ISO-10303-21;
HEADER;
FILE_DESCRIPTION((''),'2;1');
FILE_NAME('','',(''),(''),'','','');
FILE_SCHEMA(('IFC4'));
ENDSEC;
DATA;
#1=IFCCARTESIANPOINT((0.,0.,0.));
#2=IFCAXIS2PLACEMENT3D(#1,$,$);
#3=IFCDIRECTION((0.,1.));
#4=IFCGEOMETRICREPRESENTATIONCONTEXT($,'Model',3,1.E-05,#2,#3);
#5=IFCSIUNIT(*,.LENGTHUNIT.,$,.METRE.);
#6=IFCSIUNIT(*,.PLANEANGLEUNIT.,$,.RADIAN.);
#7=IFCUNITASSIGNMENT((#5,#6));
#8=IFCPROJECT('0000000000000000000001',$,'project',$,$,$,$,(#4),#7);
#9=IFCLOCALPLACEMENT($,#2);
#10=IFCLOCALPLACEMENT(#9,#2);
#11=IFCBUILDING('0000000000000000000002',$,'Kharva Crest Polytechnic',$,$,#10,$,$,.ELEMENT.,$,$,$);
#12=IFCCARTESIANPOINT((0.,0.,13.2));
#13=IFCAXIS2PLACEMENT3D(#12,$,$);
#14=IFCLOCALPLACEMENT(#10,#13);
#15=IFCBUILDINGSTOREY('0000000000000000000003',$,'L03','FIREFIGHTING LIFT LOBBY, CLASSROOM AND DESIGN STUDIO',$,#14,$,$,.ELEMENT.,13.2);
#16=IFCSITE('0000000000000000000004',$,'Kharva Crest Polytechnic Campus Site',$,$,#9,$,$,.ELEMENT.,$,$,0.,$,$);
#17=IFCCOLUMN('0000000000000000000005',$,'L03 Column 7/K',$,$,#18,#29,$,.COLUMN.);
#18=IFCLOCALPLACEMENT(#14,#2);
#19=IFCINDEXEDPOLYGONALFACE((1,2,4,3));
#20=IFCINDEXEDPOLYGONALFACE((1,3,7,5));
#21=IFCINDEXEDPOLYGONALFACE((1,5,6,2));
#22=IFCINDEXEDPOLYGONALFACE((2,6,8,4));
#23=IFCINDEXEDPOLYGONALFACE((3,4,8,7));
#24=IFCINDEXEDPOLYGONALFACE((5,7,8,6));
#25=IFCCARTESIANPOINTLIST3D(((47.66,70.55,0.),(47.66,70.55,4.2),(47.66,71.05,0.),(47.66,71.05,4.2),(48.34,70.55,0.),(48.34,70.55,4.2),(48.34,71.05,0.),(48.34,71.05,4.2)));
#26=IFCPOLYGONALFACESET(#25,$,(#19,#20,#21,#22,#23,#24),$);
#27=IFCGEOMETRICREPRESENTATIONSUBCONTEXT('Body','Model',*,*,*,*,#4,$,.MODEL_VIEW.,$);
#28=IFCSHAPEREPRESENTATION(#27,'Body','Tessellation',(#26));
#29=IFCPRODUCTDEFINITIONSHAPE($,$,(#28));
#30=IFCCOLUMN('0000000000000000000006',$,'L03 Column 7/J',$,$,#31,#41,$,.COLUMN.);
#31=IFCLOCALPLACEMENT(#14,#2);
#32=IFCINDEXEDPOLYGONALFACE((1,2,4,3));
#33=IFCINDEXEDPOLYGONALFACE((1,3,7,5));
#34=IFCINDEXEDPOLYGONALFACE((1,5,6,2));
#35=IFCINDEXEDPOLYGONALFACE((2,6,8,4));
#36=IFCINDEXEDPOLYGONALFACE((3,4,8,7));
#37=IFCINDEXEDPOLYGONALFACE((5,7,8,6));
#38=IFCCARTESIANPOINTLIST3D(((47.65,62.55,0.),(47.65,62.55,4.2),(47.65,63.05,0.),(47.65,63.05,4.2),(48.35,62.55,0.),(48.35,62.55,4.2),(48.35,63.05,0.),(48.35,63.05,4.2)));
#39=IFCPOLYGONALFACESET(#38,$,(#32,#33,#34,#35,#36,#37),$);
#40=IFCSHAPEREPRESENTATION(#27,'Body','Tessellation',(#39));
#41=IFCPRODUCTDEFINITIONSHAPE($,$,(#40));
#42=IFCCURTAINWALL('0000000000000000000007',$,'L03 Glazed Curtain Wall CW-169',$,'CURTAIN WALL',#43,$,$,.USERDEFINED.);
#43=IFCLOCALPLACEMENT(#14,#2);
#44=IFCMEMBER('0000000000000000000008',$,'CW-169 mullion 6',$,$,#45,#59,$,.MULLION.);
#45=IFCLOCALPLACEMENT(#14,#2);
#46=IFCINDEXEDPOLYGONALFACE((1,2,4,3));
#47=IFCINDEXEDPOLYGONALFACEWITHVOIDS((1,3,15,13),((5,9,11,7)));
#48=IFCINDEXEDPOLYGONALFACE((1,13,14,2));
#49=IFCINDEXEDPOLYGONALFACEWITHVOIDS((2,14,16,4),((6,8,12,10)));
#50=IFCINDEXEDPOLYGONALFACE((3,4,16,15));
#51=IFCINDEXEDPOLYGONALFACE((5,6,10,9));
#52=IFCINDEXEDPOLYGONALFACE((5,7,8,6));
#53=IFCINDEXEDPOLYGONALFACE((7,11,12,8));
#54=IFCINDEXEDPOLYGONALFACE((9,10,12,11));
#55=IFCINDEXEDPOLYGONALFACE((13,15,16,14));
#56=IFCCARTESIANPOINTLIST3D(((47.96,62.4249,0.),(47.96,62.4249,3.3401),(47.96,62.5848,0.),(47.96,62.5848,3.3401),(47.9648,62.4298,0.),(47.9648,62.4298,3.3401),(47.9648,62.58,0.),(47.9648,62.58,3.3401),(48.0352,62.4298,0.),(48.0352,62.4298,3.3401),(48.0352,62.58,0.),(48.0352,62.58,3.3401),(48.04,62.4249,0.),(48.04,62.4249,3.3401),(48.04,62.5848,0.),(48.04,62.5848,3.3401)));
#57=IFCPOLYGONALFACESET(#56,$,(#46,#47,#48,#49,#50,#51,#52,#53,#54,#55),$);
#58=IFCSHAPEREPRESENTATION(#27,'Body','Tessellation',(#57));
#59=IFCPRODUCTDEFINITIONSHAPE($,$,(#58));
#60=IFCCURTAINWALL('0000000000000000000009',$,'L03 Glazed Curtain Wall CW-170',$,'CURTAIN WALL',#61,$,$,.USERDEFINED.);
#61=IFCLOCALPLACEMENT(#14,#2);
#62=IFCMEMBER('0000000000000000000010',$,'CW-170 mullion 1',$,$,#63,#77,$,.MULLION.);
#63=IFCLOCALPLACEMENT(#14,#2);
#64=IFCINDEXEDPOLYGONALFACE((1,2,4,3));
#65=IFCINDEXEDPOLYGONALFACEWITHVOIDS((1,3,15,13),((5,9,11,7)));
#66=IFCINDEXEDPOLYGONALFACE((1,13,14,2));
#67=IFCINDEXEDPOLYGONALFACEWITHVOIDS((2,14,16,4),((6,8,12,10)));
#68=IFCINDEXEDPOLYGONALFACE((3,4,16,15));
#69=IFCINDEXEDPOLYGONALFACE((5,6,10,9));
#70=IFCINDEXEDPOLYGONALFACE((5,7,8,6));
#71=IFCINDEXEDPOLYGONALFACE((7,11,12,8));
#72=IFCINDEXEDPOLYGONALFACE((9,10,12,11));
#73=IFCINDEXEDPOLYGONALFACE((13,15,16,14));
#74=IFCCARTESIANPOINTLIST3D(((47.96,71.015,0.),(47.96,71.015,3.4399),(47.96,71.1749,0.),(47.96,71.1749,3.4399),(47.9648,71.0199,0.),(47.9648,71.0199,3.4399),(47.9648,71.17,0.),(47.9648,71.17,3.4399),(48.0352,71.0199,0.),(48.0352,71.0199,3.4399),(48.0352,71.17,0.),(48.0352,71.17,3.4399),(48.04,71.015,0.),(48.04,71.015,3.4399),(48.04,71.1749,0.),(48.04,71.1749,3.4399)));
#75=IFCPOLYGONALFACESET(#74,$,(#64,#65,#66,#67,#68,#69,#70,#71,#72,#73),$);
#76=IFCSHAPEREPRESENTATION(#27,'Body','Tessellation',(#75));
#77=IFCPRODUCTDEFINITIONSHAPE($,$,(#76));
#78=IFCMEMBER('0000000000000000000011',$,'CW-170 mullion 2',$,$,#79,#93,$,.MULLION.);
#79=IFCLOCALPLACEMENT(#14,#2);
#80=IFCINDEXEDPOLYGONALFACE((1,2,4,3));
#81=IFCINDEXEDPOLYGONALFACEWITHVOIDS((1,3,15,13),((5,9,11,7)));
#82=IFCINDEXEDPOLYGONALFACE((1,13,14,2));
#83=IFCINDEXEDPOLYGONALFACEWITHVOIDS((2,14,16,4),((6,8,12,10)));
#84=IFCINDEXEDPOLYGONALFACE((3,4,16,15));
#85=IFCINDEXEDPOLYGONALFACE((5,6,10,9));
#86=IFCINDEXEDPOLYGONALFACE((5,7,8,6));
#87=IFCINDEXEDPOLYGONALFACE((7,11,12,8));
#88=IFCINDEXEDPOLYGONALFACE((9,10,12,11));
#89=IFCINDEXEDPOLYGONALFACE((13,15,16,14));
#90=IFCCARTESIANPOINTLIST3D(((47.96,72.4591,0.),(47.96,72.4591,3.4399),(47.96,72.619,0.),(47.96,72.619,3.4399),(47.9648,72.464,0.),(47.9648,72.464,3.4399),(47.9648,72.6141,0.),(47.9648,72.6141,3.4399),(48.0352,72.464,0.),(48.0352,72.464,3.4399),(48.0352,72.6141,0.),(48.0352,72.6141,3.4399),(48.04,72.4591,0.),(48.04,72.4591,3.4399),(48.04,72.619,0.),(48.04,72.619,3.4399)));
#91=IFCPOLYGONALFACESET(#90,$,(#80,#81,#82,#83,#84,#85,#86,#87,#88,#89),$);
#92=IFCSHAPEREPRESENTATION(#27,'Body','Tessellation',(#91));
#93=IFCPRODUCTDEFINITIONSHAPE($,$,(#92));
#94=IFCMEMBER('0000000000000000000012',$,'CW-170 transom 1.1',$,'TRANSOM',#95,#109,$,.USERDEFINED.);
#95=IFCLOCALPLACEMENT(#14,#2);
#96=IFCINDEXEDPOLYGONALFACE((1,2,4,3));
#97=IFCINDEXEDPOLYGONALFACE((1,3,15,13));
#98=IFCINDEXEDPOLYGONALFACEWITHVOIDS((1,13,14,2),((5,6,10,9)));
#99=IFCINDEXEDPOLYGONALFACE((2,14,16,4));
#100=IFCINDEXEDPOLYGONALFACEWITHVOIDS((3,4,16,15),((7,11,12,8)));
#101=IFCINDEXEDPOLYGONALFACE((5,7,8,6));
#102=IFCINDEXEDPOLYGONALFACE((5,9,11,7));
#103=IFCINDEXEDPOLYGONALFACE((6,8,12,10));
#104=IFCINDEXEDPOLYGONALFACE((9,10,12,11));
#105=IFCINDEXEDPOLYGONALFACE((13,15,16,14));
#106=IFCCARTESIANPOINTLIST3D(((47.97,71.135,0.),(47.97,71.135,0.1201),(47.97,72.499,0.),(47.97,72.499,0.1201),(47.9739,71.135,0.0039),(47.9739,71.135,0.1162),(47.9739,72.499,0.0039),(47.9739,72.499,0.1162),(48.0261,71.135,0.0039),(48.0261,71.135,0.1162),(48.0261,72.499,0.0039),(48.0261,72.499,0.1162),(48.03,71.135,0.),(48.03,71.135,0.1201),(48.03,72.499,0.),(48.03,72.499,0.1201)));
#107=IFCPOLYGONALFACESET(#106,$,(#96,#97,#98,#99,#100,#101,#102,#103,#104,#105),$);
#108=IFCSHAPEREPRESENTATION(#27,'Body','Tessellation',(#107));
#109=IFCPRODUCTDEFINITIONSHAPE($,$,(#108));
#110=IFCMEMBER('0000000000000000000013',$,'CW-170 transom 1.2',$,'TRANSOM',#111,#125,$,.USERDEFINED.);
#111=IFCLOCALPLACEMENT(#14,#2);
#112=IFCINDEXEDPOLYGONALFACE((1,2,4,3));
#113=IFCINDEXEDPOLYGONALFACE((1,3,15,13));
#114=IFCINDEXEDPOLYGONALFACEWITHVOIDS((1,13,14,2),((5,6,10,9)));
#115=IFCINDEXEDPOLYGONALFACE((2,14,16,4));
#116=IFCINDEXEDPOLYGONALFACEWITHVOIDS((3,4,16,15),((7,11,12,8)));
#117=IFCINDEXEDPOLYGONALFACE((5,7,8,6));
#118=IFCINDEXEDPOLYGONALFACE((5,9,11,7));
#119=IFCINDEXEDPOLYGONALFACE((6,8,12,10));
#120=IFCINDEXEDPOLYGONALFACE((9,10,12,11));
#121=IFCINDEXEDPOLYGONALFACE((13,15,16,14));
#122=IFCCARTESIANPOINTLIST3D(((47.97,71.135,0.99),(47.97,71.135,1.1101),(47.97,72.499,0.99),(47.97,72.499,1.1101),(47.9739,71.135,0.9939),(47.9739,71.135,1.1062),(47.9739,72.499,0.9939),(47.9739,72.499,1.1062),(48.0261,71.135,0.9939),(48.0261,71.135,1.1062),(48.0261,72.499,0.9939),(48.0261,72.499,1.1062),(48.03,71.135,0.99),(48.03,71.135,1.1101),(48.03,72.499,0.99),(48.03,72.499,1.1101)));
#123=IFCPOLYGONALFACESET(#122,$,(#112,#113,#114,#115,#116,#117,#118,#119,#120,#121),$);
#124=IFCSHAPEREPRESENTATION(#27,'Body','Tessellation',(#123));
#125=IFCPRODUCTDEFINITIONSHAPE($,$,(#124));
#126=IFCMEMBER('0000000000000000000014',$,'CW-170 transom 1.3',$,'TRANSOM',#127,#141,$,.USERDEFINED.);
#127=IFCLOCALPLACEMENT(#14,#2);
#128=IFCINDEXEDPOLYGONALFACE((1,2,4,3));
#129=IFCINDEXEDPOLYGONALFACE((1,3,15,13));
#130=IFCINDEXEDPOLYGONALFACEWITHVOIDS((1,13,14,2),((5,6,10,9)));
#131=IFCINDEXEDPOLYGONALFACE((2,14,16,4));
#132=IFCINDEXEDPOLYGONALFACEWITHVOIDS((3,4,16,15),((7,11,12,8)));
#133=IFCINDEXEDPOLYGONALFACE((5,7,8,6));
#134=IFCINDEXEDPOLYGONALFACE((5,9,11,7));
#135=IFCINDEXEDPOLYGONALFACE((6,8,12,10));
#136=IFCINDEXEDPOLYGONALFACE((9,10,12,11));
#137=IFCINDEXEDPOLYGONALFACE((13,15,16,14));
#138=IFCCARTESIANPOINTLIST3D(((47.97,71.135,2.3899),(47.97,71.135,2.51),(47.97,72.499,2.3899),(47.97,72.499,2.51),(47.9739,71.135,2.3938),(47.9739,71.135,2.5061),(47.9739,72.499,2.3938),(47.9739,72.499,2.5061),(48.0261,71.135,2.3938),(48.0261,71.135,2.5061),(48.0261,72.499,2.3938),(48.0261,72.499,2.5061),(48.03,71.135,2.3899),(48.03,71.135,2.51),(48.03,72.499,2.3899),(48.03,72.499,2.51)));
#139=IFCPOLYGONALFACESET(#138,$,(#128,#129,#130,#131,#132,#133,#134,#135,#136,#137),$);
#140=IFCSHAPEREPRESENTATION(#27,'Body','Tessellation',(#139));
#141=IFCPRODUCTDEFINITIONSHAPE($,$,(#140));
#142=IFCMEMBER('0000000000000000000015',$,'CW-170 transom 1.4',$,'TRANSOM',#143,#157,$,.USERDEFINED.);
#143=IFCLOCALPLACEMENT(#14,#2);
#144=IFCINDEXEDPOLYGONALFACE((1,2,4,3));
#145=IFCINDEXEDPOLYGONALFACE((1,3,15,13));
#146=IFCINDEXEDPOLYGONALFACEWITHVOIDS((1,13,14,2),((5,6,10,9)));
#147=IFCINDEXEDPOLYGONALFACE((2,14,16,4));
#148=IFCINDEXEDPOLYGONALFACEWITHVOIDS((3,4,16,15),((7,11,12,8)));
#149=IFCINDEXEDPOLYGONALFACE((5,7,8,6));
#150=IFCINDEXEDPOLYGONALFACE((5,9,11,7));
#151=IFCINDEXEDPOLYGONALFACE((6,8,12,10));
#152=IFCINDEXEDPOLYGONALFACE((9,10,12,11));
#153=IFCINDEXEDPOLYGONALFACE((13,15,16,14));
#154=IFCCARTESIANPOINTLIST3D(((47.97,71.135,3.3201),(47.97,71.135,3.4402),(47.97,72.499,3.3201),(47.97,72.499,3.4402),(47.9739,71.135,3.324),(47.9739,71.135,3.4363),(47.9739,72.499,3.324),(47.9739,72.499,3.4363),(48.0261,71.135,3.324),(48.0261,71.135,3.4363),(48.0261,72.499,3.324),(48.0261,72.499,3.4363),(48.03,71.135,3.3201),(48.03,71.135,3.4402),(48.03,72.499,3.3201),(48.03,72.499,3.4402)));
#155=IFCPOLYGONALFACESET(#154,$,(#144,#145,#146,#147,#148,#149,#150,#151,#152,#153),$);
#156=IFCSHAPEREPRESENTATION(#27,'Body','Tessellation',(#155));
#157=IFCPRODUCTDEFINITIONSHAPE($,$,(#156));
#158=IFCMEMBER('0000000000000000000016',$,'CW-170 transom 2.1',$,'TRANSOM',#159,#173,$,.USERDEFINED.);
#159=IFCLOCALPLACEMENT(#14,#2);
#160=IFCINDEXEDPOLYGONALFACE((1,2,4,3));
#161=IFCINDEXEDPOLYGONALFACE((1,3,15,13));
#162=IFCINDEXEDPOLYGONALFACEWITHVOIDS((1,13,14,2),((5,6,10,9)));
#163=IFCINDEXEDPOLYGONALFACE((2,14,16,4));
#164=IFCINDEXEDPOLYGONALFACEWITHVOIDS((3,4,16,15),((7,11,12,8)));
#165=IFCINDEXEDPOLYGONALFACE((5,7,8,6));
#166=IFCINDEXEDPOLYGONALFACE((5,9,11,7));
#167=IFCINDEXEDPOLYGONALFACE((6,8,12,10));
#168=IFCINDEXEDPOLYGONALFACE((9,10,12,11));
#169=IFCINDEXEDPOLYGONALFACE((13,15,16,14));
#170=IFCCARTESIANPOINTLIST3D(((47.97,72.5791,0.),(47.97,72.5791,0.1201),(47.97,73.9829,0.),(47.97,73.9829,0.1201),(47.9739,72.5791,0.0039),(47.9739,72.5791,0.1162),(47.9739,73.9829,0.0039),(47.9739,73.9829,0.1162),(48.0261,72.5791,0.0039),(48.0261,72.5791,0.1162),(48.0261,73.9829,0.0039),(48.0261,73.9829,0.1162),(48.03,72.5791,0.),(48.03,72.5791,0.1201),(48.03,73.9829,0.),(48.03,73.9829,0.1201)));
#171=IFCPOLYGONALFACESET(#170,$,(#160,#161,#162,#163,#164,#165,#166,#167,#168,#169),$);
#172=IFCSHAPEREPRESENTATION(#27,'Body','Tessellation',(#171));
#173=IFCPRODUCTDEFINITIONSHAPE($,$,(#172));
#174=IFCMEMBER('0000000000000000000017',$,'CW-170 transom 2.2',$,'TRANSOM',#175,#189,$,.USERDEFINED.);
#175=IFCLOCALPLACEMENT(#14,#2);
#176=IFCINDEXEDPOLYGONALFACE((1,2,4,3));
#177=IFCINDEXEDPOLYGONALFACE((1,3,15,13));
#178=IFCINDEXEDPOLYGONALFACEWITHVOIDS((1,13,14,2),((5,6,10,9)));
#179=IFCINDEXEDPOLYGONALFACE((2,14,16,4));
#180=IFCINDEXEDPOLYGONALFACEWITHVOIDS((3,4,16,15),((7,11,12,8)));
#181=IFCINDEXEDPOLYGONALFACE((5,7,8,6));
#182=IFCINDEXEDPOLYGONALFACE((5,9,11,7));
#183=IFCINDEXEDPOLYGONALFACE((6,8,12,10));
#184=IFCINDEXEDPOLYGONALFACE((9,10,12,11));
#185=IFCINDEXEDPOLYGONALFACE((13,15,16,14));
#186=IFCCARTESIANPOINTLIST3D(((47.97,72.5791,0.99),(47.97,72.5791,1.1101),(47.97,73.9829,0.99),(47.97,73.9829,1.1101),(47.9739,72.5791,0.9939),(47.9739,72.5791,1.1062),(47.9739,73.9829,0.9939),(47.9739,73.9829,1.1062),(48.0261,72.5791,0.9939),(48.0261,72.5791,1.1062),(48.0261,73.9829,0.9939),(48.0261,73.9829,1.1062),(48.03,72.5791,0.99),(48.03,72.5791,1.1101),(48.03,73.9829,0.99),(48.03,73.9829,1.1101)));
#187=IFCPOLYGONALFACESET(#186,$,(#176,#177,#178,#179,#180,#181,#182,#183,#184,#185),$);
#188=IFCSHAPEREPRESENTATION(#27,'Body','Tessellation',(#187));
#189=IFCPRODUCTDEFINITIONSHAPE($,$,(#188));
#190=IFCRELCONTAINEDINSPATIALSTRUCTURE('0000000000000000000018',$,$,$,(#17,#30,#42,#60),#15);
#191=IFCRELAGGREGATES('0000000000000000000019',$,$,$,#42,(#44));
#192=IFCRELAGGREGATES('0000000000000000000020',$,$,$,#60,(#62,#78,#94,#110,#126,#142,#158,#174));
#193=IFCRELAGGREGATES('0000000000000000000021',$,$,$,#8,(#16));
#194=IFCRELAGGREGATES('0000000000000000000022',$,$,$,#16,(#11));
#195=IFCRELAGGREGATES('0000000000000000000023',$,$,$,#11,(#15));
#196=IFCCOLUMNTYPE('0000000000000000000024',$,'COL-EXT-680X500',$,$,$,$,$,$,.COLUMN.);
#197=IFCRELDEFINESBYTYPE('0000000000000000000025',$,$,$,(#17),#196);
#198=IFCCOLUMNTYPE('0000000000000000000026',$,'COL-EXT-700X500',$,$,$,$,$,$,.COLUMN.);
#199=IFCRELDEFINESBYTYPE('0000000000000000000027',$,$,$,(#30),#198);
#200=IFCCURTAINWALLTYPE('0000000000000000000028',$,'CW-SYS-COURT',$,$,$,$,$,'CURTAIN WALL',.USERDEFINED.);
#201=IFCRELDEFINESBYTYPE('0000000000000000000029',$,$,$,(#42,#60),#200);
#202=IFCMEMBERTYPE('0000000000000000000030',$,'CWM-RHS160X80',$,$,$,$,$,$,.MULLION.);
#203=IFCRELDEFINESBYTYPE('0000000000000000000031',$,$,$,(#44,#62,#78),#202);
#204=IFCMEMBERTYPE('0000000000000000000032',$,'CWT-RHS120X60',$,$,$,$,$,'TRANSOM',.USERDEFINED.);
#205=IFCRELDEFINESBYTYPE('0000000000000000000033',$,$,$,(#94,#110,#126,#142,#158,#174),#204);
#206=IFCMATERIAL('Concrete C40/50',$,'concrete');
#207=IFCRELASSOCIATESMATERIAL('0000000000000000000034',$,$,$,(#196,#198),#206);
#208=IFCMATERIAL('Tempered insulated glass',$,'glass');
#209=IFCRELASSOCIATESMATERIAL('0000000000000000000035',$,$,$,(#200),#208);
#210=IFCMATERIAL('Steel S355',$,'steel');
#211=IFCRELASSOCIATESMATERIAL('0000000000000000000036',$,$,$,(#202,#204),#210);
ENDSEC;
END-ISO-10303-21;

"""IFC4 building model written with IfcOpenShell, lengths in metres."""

from ifc_helpers import new_model, si_unit, direction, frame, origin, origin_2d, place, context, subcontext, project, spatial, rectangle, hollow_rectangle, extrude, material, material_profile, profile_set, type_object, element, aggregate, save


model = new_model("IFC4")

# Units and contexts
model_context = context("Model", 3, precision=1e-05, world=origin(), true_north=direction((0.0, 1.0)))
body_context = subcontext(model_context, "Body", "Model", "MODEL_VIEW")
ifc_project = project(units=[si_unit("LENGTHUNIT", "METRE"), si_unit("PLANEANGLEUNIT", "RADIAN")], contexts=[model_context])

# Site, building, storey
site_placement = place(None, origin())
site = spatial("IfcSite", under=ifc_project, at=site_placement, Name="Kharva Crest Polytechnic Campus Site", CompositionType="ELEMENT", RefElevation=0.0)
building_placement = place(site_placement, origin())
building = spatial("IfcBuilding", under=site, at=building_placement, Name="Kharva Crest Polytechnic", CompositionType="ELEMENT")
storey_placement = place(building_placement, frame((0.0, 0.0, 13.2)))
storey = spatial("IfcBuildingStorey", under=building, at=storey_placement, Name="L03", Description="FIREFIGHTING LIFT LOBBY, CLASSROOM AND DESIGN STUDIO", CompositionType="ELEMENT", Elevation=13.2)

# Columns
ifc_material_1 = material(Name="Concrete C40/50", Category="concrete")
ifc_material_profile_1 = material_profile(ifc_material_1, rectangle(XDim=0.6799, YDim=0.5, at=origin_2d()), Name="RECT 680 X 500")
ifc_profile_set_1 = profile_set([ifc_material_profile_1], Name="Concrete C40/50")
column_type_1 = type_object("IfcColumnType", Name="COL-EXT-680X500", PredefinedType="COLUMN", material=ifc_profile_set_1)
column_1_placement = place(storey_placement, frame((48.0, 70.8, 0.0), z_axis=(0.0, 0.0, 1.0), x_axis=(1.0, 0.0, 0.0)))
element("IfcColumn", 1, at=column_1_placement, inside=storey, type_object=column_type_1, Name="L03 Column 7/K", PredefinedType="COLUMN", context=body_context, shape_type="SweptSolid", body=[
    extrude(rectangle(XDim=0.6799, YDim=0.5, at=origin_2d()), origin(), (0.0, 0.0, 1.0), 4.2),
])
ifc_material_profile_2 = material_profile(ifc_material_1, rectangle(XDim=0.7, YDim=0.5, at=origin_2d()), Name="RECT 700 X 500")
ifc_profile_set_2 = profile_set([ifc_material_profile_2], Name="Concrete C40/50")
column_type_2 = type_object("IfcColumnType", Name="COL-EXT-700X500", PredefinedType="COLUMN", material=ifc_profile_set_2)
column_2_placement = place(storey_placement, frame((48.0, 62.8, 0.0), z_axis=(0.0, 0.0, 1.0), x_axis=(1.0, 0.0, 0.0)))
element("IfcColumn", 2, at=column_2_placement, inside=storey, type_object=column_type_2, Name="L03 Column 7/J", PredefinedType="COLUMN", context=body_context, shape_type="SweptSolid", body=[
    extrude(rectangle(XDim=0.7, YDim=0.5, at=origin_2d()), origin(), (0.0, 0.0, 1.0), 4.2),
])

# Curtain wall, member
ifc_material_2 = material(Name="Tempered insulated glass", Category="glass")
curtain_wall_type = type_object("IfcCurtainWallType", Name="CW-SYS-COURT", ElementType="CURTAIN WALL", PredefinedType="USERDEFINED", material=ifc_material_2)
curtain_wall_1_placement = place(storey_placement, origin())
curtain_wall_1 = element("IfcCurtainWall", 3, at=curtain_wall_1_placement, inside=storey, type_object=curtain_wall_type, Name="L03 Glazed Curtain Wall CW-169", ObjectType="CURTAIN WALL", PredefinedType="USERDEFINED")
ifc_material_3 = material(Name="Steel S355", Category="steel")
ifc_material_profile_3 = material_profile(ifc_material_3, hollow_rectangle(XDim=0.0801, YDim=0.1599, WallThickness=0.0049, at=origin_2d()), Name="RHS 160X80X5.0")
ifc_profile_set_3 = profile_set([ifc_material_profile_3], Name="Steel S355")
member_type_1 = type_object("IfcMemberType", Name="CWM-RHS160X80", PredefinedType="MULLION", material=ifc_profile_set_3)
member_1_placement = place(storey_placement, frame((48.0, 62.5049, 0.0), z_axis=(0.0, 0.0, 1.0), x_axis=(-1.0, 0.0, 0.0)))
member_1 = element("IfcMember", 4, at=member_1_placement, type_object=member_type_1, Name="CW-169 mullion 6", PredefinedType="MULLION", context=body_context, shape_type="SweptSolid", body=[
    extrude(hollow_rectangle(XDim=0.0801, YDim=0.1599, WallThickness=0.0049, at=origin_2d()), origin(), (0.0, 0.0, 1.0), 3.3401),
])

# Curtain wall, members
curtain_wall_2_placement = place(storey_placement, origin())
curtain_wall_2 = element("IfcCurtainWall", 5, at=curtain_wall_2_placement, inside=storey, type_object=curtain_wall_type, Name="L03 Glazed Curtain Wall CW-170", ObjectType="CURTAIN WALL", PredefinedType="USERDEFINED")
member_2_placement = place(storey_placement, frame((48.0, 71.095, 0.0), z_axis=(0.0, 0.0, 1.0), x_axis=(-1.0, 0.0, 0.0)))
member_2 = element("IfcMember", 6, at=member_2_placement, type_object=member_type_1, Name="CW-170 mullion 1", PredefinedType="MULLION", context=body_context, shape_type="SweptSolid", body=[
    extrude(hollow_rectangle(XDim=0.0801, YDim=0.1599, WallThickness=0.0049, at=origin_2d()), origin(), (0.0, 0.0, 1.0), 3.4399),
])
member_3_placement = place(storey_placement, frame((48.0, 72.5391, 0.0), z_axis=(0.0, 0.0, 1.0), x_axis=(-1.0, 0.0, 0.0)))
member_3 = element("IfcMember", 7, at=member_3_placement, type_object=member_type_1, Name="CW-170 mullion 2", PredefinedType="MULLION", context=body_context, shape_type="SweptSolid", body=[
    extrude(hollow_rectangle(XDim=0.0801, YDim=0.1599, WallThickness=0.0049, at=origin_2d()), origin(), (0.0, 0.0, 1.0), 3.4399),
])
ifc_material_profile_4 = material_profile(ifc_material_3, hollow_rectangle(XDim=0.0601, YDim=0.1201, WallThickness=0.0039, at=origin_2d()), Name="RHS 120X60X4.0")
ifc_profile_set_4 = profile_set([ifc_material_profile_4], Name="Steel S355")
member_type_2 = type_object("IfcMemberType", Name="CWT-RHS120X60", ElementType="TRANSOM", PredefinedType="USERDEFINED", material=ifc_profile_set_4)
member_4_placement = place(storey_placement, frame((48.0, 71.135, 0.0601), z_axis=(0.0, 1.0, 0.0), x_axis=(-1.0, 0.0, 0.0)))
member_4 = element("IfcMember", 8, at=member_4_placement, type_object=member_type_2, Name="CW-170 transom 1.1", ObjectType="TRANSOM", PredefinedType="USERDEFINED", context=body_context, shape_type="SweptSolid", body=[
    extrude(hollow_rectangle(XDim=0.0601, YDim=0.1201, WallThickness=0.0039, at=origin_2d()), origin(), (0.0, 0.0, 1.0), 1.364),
])
member_5_placement = place(storey_placement, frame((48.0, 71.135, 1.05), z_axis=(0.0, 1.0, 0.0), x_axis=(-1.0, 0.0, 0.0)))
member_5 = element("IfcMember", 9, at=member_5_placement, type_object=member_type_2, Name="CW-170 transom 1.2", ObjectType="TRANSOM", PredefinedType="USERDEFINED", context=body_context, shape_type="SweptSolid", body=[
    extrude(hollow_rectangle(XDim=0.0601, YDim=0.1201, WallThickness=0.0039, at=origin_2d()), origin(), (0.0, 0.0, 1.0), 1.364),
])
member_6_placement = place(storey_placement, frame((48.0, 71.135, 2.45), z_axis=(0.0, 1.0, 0.0), x_axis=(-1.0, 0.0, 0.0)))
member_6 = element("IfcMember", 10, at=member_6_placement, type_object=member_type_2, Name="CW-170 transom 1.3", ObjectType="TRANSOM", PredefinedType="USERDEFINED", context=body_context, shape_type="SweptSolid", body=[
    extrude(hollow_rectangle(XDim=0.0601, YDim=0.1201, WallThickness=0.0039, at=origin_2d()), origin(), (0.0, 0.0, 1.0), 1.364),
])
member_7_placement = place(storey_placement, frame((48.0, 71.135, 3.3801), z_axis=(0.0, 1.0, 0.0), x_axis=(-1.0, 0.0, 0.0)))
member_7 = element("IfcMember", 11, at=member_7_placement, type_object=member_type_2, Name="CW-170 transom 1.4", ObjectType="TRANSOM", PredefinedType="USERDEFINED", context=body_context, shape_type="SweptSolid", body=[
    extrude(hollow_rectangle(XDim=0.0601, YDim=0.1201, WallThickness=0.0039, at=origin_2d()), origin(), (0.0, 0.0, 1.0), 1.364),
])
member_8_placement = place(storey_placement, frame((48.0, 72.5791, 0.0601), z_axis=(0.0, 1.0, 0.0), x_axis=(-1.0, 0.0, 0.0)))
member_8 = element("IfcMember", 12, at=member_8_placement, type_object=member_type_2, Name="CW-170 transom 2.1", ObjectType="TRANSOM", PredefinedType="USERDEFINED", context=body_context, shape_type="SweptSolid", body=[
    extrude(hollow_rectangle(XDim=0.0601, YDim=0.1201, WallThickness=0.0039, at=origin_2d()), origin(), (0.0, 0.0, 1.0), 1.4038),
])
member_9_placement = place(storey_placement, frame((48.0, 72.5791, 1.05), z_axis=(0.0, 1.0, 0.0), x_axis=(-1.0, 0.0, 0.0)))
member_9 = element("IfcMember", 13, at=member_9_placement, type_object=member_type_2, Name="CW-170 transom 2.2", ObjectType="TRANSOM", PredefinedType="USERDEFINED", context=body_context, shape_type="SweptSolid", body=[
    extrude(hollow_rectangle(XDim=0.0601, YDim=0.1201, WallThickness=0.0039, at=origin_2d()), origin(), (0.0, 0.0, 1.0), 1.4038),
])

aggregate(curtain_wall_1, [member_1])
aggregate(curtain_wall_2, [member_2, member_3, member_4, member_5, member_6, member_7, member_8, member_9])

save(model, "model.ifc")
